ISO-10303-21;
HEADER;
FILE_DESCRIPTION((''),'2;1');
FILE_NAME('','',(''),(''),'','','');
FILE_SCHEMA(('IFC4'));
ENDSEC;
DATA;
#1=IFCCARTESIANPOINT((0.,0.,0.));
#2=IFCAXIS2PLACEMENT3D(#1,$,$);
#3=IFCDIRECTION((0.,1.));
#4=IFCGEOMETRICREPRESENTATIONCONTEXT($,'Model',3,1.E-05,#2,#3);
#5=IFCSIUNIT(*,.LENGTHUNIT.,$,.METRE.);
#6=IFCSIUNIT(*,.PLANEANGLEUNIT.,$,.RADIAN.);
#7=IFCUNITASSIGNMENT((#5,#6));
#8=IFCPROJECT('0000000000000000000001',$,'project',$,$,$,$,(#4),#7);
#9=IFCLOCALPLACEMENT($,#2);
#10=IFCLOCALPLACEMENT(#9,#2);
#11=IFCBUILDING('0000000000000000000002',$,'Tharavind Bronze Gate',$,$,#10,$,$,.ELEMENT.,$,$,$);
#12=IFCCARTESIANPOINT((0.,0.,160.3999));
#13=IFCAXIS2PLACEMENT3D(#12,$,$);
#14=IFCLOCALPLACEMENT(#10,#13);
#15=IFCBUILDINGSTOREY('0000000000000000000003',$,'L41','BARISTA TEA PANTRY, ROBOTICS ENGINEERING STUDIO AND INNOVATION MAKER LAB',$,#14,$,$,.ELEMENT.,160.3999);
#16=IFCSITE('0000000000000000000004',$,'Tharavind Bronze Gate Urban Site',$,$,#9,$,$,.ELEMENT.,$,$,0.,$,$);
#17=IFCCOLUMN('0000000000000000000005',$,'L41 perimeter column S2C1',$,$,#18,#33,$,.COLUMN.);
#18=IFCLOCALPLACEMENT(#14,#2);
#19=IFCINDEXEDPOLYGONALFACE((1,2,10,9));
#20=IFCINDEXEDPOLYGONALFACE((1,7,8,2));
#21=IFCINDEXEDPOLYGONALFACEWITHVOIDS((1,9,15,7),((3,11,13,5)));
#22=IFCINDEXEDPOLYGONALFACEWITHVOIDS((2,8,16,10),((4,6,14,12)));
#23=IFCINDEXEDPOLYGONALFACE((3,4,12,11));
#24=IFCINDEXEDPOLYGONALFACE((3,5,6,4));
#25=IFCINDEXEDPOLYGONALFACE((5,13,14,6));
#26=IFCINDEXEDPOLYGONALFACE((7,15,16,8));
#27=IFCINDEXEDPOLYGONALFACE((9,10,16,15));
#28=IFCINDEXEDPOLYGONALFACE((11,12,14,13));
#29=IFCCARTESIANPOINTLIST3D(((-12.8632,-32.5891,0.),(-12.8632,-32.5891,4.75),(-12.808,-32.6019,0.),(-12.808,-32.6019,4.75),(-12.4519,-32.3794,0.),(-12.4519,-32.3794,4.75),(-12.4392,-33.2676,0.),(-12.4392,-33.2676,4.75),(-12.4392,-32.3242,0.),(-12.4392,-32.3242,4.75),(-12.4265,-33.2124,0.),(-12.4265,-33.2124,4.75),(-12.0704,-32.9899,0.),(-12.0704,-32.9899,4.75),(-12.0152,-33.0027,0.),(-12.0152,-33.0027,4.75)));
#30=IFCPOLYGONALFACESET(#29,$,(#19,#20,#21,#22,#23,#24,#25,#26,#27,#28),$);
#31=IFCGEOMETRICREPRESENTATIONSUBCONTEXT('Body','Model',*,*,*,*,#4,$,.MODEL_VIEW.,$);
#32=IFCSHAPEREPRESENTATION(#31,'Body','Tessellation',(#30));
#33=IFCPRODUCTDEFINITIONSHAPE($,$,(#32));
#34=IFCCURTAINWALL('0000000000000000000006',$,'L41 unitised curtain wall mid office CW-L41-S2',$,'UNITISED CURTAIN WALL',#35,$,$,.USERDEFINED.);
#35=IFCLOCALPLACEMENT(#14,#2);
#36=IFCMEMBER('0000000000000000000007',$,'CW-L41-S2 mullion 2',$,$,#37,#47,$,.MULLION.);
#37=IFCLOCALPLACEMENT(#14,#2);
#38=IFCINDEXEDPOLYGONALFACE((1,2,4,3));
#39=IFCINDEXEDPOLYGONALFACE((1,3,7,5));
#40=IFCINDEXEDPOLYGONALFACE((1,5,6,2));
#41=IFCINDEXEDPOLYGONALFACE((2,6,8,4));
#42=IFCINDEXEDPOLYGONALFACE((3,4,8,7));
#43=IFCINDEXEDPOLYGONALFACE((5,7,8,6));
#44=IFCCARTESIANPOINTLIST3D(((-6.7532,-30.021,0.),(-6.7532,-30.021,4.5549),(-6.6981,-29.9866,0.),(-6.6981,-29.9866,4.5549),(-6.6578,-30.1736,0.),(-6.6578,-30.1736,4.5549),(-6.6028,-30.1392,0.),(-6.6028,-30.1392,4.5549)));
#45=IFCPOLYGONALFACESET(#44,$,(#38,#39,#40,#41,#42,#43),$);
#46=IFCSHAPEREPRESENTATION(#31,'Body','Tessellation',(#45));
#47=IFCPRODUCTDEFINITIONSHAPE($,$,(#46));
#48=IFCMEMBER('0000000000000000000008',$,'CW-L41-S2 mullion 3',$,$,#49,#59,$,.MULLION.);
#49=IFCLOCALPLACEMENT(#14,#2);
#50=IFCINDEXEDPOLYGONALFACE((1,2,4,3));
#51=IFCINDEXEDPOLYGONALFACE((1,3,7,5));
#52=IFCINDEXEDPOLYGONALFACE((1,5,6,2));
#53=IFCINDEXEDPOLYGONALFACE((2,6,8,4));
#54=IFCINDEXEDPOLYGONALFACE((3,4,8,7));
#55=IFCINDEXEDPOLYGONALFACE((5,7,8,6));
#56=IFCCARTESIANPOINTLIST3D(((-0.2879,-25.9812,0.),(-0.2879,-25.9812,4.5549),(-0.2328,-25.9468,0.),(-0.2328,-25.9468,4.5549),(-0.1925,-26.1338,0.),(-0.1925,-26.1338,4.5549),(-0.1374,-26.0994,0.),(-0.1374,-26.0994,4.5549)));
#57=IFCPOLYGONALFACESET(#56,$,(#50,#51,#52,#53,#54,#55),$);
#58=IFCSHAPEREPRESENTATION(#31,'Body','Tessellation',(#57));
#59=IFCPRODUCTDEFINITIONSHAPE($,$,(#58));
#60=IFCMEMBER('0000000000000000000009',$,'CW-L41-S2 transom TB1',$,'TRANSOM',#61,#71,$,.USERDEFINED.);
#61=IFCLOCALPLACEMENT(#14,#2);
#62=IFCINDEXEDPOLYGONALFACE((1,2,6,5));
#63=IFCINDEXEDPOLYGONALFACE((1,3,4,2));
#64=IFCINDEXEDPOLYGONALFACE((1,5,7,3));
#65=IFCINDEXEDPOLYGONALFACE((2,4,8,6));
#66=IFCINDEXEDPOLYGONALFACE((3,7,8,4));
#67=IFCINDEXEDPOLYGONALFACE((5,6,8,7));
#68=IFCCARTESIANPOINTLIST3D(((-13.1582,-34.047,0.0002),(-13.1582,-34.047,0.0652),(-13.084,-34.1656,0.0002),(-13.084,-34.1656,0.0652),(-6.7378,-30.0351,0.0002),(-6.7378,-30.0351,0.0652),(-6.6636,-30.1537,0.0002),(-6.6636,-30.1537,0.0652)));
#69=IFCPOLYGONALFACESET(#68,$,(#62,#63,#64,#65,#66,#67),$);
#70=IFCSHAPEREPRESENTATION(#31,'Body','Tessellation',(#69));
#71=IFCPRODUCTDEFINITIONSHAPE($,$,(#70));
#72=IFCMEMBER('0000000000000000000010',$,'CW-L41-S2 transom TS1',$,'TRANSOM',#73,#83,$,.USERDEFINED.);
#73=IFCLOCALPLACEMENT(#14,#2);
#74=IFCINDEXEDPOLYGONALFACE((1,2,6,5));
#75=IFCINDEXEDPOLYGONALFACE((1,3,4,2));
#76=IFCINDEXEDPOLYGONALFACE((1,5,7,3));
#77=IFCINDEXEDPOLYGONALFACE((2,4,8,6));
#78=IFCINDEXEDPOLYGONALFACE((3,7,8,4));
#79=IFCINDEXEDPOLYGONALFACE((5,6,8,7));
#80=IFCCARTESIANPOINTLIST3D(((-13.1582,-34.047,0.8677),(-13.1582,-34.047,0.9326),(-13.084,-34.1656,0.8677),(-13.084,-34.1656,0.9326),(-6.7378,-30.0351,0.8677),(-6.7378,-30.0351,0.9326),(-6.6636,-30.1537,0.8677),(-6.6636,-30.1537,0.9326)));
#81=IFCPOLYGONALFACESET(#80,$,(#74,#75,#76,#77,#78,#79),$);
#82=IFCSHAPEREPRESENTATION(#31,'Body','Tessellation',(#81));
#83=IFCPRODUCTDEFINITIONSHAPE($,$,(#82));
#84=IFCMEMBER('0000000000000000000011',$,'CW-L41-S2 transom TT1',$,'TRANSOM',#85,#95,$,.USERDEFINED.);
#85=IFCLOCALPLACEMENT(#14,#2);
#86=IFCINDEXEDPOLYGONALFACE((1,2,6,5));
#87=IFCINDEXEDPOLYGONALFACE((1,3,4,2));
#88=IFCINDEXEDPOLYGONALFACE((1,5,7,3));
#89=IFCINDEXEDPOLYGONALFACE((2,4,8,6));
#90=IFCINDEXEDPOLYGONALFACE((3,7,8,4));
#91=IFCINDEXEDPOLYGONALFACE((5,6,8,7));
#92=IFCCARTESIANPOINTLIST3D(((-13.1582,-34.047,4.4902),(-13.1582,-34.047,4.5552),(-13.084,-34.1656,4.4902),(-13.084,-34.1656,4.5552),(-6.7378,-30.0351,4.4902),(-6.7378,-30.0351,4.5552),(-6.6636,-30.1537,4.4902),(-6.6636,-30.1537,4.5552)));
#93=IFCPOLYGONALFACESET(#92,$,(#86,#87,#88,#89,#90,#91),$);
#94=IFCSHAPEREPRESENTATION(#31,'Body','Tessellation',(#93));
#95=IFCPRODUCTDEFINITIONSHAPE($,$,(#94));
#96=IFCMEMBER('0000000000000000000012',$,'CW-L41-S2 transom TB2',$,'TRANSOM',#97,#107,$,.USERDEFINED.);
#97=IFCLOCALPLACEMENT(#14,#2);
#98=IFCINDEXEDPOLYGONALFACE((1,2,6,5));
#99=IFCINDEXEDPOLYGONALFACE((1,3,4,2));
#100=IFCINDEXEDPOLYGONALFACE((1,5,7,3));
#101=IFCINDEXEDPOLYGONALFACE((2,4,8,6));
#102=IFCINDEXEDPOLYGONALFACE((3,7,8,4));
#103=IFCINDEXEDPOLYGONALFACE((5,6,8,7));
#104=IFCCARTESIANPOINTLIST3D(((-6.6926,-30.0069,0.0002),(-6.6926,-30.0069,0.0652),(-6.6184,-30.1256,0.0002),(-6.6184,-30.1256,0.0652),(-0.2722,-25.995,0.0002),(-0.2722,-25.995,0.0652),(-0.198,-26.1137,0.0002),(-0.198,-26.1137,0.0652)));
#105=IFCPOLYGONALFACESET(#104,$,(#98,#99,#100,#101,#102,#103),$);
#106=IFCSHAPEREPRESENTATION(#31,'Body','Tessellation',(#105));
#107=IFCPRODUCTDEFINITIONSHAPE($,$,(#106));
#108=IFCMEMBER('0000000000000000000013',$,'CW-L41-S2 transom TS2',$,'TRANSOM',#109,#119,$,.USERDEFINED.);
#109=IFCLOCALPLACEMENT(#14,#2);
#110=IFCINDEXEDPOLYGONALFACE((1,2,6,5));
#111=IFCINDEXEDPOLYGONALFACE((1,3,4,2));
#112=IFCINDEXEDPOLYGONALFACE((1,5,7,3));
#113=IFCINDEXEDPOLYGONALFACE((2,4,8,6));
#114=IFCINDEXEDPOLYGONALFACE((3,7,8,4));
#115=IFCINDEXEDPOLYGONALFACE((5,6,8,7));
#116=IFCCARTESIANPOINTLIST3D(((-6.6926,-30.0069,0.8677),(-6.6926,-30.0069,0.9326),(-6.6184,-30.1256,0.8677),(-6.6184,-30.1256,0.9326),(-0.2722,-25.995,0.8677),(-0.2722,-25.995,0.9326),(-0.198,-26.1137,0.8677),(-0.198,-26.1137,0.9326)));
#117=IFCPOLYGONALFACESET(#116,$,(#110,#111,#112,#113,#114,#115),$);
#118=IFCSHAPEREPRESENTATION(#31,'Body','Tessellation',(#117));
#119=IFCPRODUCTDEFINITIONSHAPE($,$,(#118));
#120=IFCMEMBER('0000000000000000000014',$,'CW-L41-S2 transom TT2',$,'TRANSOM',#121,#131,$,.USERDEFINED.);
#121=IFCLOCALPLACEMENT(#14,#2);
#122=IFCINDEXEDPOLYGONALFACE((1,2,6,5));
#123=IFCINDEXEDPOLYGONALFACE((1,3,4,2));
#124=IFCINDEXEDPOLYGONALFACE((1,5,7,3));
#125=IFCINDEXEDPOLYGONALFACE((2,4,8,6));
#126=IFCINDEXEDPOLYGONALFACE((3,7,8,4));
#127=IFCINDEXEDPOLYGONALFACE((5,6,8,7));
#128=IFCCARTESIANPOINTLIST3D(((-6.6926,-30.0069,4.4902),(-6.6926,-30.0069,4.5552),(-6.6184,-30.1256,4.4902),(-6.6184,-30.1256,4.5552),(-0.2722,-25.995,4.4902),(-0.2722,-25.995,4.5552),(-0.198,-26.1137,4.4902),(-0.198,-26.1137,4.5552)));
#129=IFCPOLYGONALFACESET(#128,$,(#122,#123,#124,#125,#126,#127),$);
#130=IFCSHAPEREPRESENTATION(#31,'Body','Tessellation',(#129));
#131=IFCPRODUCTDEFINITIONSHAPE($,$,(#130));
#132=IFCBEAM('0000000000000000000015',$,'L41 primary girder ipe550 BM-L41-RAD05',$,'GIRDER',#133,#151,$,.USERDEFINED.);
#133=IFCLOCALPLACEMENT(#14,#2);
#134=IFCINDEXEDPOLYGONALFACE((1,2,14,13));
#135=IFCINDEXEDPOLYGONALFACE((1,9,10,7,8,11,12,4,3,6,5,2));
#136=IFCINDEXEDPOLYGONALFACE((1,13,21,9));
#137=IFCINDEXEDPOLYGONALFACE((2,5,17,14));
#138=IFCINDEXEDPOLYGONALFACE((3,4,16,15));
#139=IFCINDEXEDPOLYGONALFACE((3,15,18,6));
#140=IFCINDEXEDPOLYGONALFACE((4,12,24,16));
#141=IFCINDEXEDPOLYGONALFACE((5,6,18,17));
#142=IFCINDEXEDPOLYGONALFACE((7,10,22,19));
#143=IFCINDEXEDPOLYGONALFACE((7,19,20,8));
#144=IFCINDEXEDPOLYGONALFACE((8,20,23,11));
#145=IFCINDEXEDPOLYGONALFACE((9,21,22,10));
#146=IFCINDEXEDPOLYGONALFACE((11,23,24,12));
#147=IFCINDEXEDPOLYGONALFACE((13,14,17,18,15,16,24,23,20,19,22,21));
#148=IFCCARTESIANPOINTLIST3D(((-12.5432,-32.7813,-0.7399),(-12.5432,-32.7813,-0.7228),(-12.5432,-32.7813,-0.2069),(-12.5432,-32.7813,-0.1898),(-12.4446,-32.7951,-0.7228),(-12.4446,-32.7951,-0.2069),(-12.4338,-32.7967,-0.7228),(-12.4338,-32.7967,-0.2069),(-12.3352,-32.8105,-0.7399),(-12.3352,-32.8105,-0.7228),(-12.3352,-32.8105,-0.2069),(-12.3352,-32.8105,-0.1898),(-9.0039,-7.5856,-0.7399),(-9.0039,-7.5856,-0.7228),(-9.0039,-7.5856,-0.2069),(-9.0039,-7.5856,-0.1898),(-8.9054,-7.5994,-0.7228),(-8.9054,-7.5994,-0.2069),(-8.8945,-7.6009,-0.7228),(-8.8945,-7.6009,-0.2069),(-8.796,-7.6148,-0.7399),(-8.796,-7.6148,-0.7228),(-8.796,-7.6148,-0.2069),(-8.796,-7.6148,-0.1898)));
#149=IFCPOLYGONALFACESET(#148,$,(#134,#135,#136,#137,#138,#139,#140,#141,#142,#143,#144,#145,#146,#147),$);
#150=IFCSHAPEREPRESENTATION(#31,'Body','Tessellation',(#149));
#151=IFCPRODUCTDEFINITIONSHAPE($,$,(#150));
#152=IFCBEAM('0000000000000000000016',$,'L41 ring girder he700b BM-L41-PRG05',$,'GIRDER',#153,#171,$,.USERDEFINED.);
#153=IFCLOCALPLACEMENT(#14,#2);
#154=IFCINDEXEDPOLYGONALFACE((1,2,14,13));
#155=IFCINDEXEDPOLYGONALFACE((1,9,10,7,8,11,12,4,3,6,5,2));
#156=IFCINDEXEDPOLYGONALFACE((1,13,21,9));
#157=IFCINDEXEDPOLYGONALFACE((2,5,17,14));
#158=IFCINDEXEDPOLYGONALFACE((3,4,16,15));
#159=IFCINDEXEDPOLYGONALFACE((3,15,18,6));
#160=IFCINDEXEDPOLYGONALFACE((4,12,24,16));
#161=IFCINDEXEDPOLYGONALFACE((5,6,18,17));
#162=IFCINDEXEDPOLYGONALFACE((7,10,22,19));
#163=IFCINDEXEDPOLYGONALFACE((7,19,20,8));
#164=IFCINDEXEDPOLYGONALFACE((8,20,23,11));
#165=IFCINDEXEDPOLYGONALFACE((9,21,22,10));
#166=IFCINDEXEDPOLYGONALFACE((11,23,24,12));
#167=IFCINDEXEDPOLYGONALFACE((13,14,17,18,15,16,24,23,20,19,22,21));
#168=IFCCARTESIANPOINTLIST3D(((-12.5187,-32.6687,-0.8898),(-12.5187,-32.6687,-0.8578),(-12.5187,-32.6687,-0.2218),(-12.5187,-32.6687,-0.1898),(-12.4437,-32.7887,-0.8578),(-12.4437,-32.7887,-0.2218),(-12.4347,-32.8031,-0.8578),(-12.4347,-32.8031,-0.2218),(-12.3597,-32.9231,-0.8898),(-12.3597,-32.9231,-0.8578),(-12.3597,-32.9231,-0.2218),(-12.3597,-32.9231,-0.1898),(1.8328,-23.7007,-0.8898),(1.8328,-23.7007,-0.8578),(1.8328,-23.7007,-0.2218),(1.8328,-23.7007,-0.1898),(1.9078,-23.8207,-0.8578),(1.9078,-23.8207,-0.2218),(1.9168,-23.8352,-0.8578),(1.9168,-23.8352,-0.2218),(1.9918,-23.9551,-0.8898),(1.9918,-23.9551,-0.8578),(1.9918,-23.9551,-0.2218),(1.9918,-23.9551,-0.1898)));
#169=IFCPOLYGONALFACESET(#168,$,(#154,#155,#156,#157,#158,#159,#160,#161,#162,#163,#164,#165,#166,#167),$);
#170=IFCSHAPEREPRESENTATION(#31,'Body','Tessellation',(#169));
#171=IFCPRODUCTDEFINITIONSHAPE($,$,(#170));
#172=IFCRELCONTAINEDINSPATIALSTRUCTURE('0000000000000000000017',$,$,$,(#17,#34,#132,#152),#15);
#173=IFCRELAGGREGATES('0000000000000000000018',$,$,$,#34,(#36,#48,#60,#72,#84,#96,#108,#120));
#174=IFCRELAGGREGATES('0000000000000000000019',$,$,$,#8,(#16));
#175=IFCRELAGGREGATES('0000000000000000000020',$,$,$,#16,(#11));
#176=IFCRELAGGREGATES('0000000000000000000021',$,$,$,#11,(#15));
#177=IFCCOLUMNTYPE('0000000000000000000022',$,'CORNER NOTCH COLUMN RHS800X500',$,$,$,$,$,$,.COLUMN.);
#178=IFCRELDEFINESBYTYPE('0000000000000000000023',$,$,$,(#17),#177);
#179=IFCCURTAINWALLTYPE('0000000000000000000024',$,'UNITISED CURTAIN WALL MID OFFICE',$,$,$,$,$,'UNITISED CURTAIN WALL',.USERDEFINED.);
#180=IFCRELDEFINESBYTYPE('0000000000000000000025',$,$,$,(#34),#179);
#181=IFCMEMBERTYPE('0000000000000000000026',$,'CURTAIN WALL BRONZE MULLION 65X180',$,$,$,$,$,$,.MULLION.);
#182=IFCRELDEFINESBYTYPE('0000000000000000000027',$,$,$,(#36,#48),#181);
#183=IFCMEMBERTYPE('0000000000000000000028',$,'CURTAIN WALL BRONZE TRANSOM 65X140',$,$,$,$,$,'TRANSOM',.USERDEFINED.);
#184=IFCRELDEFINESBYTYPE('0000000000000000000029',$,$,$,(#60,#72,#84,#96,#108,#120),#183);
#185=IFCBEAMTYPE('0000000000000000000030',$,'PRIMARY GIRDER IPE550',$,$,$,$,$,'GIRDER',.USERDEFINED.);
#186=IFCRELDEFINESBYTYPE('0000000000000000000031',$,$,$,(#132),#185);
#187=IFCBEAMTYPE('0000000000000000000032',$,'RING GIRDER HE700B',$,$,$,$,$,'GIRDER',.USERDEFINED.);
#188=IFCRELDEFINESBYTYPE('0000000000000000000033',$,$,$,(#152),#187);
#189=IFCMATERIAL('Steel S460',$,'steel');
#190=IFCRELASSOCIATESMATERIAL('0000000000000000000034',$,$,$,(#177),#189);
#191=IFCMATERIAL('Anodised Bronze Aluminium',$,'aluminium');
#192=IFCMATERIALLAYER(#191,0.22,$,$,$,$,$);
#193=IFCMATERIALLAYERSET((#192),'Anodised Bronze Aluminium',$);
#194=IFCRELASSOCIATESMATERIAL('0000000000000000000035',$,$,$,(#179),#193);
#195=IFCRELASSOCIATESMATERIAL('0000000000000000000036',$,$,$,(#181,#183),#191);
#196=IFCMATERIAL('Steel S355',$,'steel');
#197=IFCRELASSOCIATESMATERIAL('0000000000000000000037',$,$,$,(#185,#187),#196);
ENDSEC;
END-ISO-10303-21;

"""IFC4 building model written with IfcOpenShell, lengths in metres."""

from ifc_helpers import new_model, si_unit, direction, frame, origin, origin_2d, place, context, subcontext, project, spatial, rectangle, hollow_rectangle, i_section, extrude, material, layer, layer_set, material_profile, profile_set, type_object, element, aggregate, save


model = new_model("IFC4")

# Units and contexts
model_context = context("Model", 3, precision=1e-05, world=origin(), true_north=direction((0.0, 1.0)))
body_context = subcontext(model_context, "Body", "Model", "MODEL_VIEW")
ifc_project = project(units=[si_unit("LENGTHUNIT", "METRE"), si_unit("PLANEANGLEUNIT", "RADIAN")], contexts=[model_context])

# Site, building, storey
site_placement = place(None, origin())
site = spatial("IfcSite", under=ifc_project, at=site_placement, Name="Tharavind Bronze Gate Urban Site", CompositionType="ELEMENT", RefElevation=0.0)
building_placement = place(site_placement, origin())
building = spatial("IfcBuilding", under=site, at=building_placement, Name="Tharavind Bronze Gate", CompositionType="ELEMENT")
storey_placement = place(building_placement, frame((0.0, 0.0, 160.3999)))
storey = spatial("IfcBuildingStorey", under=building, at=storey_placement, Name="L41", Description="BARISTA TEA PANTRY, ROBOTICS ENGINEERING STUDIO AND INNOVATION MAKER LAB", CompositionType="ELEMENT", Elevation=160.3999)

# Column
ifc_material_1 = material(Name="Steel S460", Category="steel")
ifc_material_profile_1 = material_profile(ifc_material_1, hollow_rectangle(XDim=0.5, YDim=0.8, WallThickness=0.04, at=origin_2d()), Name="RHS800X500X40")
ifc_profile_set_1 = profile_set([ifc_material_profile_1], Name="Steel S460")
column_type = type_object("IfcColumnType", Name="CORNER NOTCH COLUMN RHS800X500", PredefinedType="COLUMN", material=ifc_profile_set_1)
column_placement = place(storey_placement, frame((-12.4392, -32.7959, 0.0), z_axis=(0.0, 0.0, 1.0), x_axis=(0.848047, 0.529921, 0.0)))
element("IfcColumn", 1, at=column_placement, inside=storey, type_object=column_type, Name="L41 perimeter column S2C1", PredefinedType="COLUMN", context=body_context, shape_type="SweptSolid", body=[
    extrude(hollow_rectangle(XDim=0.5, YDim=0.8, WallThickness=0.04, at=origin_2d()), origin(), (0.0, 0.0, 1.0), 4.75),
])

# Curtain wall, members
ifc_material_2 = material(Name="Anodised Bronze Aluminium", Category="aluminium")
ifc_layer_1 = layer(ifc_material_2, 0.22)
ifc_layer_set_1 = layer_set([ifc_layer_1], Name="Anodised Bronze Aluminium")
curtain_wall_type = type_object("IfcCurtainWallType", Name="UNITISED CURTAIN WALL MID OFFICE", ElementType="UNITISED CURTAIN WALL", PredefinedType="USERDEFINED", material=ifc_layer_set_1)
curtain_wall_placement = place(storey_placement, origin())
curtain_wall = element("IfcCurtainWall", 2, at=curtain_wall_placement, inside=storey, type_object=curtain_wall_type, Name="L41 unitised curtain wall mid office CW-L41-S2", ObjectType="UNITISED CURTAIN WALL", PredefinedType="USERDEFINED")
member_type_1 = type_object("IfcMemberType", Name="CURTAIN WALL BRONZE MULLION 65X180", PredefinedType="MULLION", material=ifc_material_2)
member_1_placement = place(storey_placement, frame((-6.678, -30.0801, 0.0), z_axis=(0.0, 0.0, 1.0), x_axis=(0.848048, 0.529919, 0.0)))
member_1 = element("IfcMember", 3, at=member_1_placement, type_object=member_type_1, Name="CW-L41-S2 mullion 2", PredefinedType="MULLION", context=body_context, shape_type="SweptSolid", body=[
    extrude(rectangle(XDim=0.0649, YDim=0.1799, at=origin_2d()), origin(), (0.0, 0.0, 1.0), 4.5549),
])
member_2_placement = place(storey_placement, frame((-0.2126, -26.0403, 0.0), z_axis=(0.0, 0.0, 1.0), x_axis=(0.848048, 0.529919, 0.0)))
member_2 = element("IfcMember", 4, at=member_2_placement, type_object=member_type_1, Name="CW-L41-S2 mullion 3", PredefinedType="MULLION", context=body_context, shape_type="SweptSolid", body=[
    extrude(rectangle(XDim=0.0649, YDim=0.1799, at=origin_2d()), origin(), (0.0, 0.0, 1.0), 4.5549),
])
member_type_2 = type_object("IfcMemberType", Name="CURTAIN WALL BRONZE TRANSOM 65X140", ElementType="TRANSOM", PredefinedType="USERDEFINED", material=ifc_material_2)
member_3_placement = place(storey_placement, frame((-9.9109, -32.1003, 0.0002), z_axis=(0.0, 0.0, 1.0), x_axis=(0.848048, 0.529919, 0.0)))
member_3 = element("IfcMember", 5, at=member_3_placement, type_object=member_type_2, Name="CW-L41-S2 transom TB1", ObjectType="TRANSOM", PredefinedType="USERDEFINED", context=body_context, shape_type="SweptSolid", body=[
    extrude(rectangle(XDim=7.5708, YDim=0.1399, at=origin_2d()), origin(), (0.0, 0.0, 1.0), 0.0649),
])
member_4_placement = place(storey_placement, frame((-9.9109, -32.1003, 0.8677), z_axis=(0.0, 0.0, 1.0), x_axis=(0.848048, 0.529919, 0.0)))
member_4 = element("IfcMember", 6, at=member_4_placement, type_object=member_type_2, Name="CW-L41-S2 transom TS1", ObjectType="TRANSOM", PredefinedType="USERDEFINED", context=body_context, shape_type="SweptSolid", body=[
    extrude(rectangle(XDim=7.5708, YDim=0.1399, at=origin_2d()), origin(), (0.0, 0.0, 1.0), 0.0649),
])
member_5_placement = place(storey_placement, frame((-9.9109, -32.1003, 4.4902), z_axis=(0.0, 0.0, 1.0), x_axis=(0.848048, 0.529919, 0.0)))
member_5 = element("IfcMember", 7, at=member_5_placement, type_object=member_type_2, Name="CW-L41-S2 transom TT1", ObjectType="TRANSOM", PredefinedType="USERDEFINED", context=body_context, shape_type="SweptSolid", body=[
    extrude(rectangle(XDim=7.5708, YDim=0.1399, at=origin_2d()), origin(), (0.0, 0.0, 1.0), 0.0649),
])
member_6_placement = place(storey_placement, frame((-3.4453, -28.0603, 0.0002), z_axis=(0.0, 0.0, 1.0), x_axis=(0.848048, 0.529919, 0.0)))
member_6 = element("IfcMember", 8, at=member_6_placement, type_object=member_type_2, Name="CW-L41-S2 transom TB2", ObjectType="TRANSOM", PredefinedType="USERDEFINED", context=body_context, shape_type="SweptSolid", body=[
    extrude(rectangle(XDim=7.5708, YDim=0.1399, at=origin_2d()), origin(), (0.0, 0.0, 1.0), 0.0649),
])
member_7_placement = place(storey_placement, frame((-3.4453, -28.0603, 0.8677), z_axis=(0.0, 0.0, 1.0), x_axis=(0.848048, 0.529919, 0.0)))
member_7 = element("IfcMember", 9, at=member_7_placement, type_object=member_type_2, Name="CW-L41-S2 transom TS2", ObjectType="TRANSOM", PredefinedType="USERDEFINED", context=body_context, shape_type="SweptSolid", body=[
    extrude(rectangle(XDim=7.5708, YDim=0.1399, at=origin_2d()), origin(), (0.0, 0.0, 1.0), 0.0649),
])
member_8_placement = place(storey_placement, frame((-3.4453, -28.0603, 4.4902), z_axis=(0.0, 0.0, 1.0), x_axis=(0.848048, 0.529919, 0.0)))
member_8 = element("IfcMember", 10, at=member_8_placement, type_object=member_type_2, Name="CW-L41-S2 transom TT2", ObjectType="TRANSOM", PredefinedType="USERDEFINED", context=body_context, shape_type="SweptSolid", body=[
    extrude(rectangle(XDim=7.5708, YDim=0.1399, at=origin_2d()), origin(), (0.0, 0.0, 1.0), 0.0649),
])

# Beams
ifc_material_3 = material(Name="Steel S355", Category="steel")
ifc_material_profile_2 = material_profile(ifc_material_3, i_section(OverallWidth=0.21, OverallDepth=0.55, WebThickness=0.011, FlangeThickness=0.0171, at=origin_2d()), Name="IPE550")
ifc_profile_set_2 = profile_set([ifc_material_profile_2], Name="Steel S355")
beam_type_1 = type_object("IfcBeamType", Name="PRIMARY GIRDER IPE550", ElementType="GIRDER", PredefinedType="USERDEFINED", material=ifc_profile_set_2)
beam_1_placement = place(storey_placement, frame((-12.4392, -32.7959, -0.4648), z_axis=(0.139106, 0.990277, 0.0), x_axis=(-0.990277, 0.139106, 0.0)))
element("IfcBeam", 11, at=beam_1_placement, inside=storey, type_object=beam_type_1, Name="L41 primary girder ipe550 BM-L41-RAD05", ObjectType="GIRDER", PredefinedType="USERDEFINED", context=body_context, shape_type="SweptSolid", body=[
    extrude(i_section(OverallWidth=0.21, OverallDepth=0.55, WebThickness=0.011, FlangeThickness=0.0171, at=origin_2d()), origin(), (0.0, 0.0, 1.0), 25.4431),
])
ifc_material_profile_3 = material_profile(ifc_material_3, i_section(OverallWidth=0.3, OverallDepth=0.7, WebThickness=0.0171, FlangeThickness=0.032, at=origin_2d()), Name="HE700B")
ifc_profile_set_3 = profile_set([ifc_material_profile_3], Name="Steel S355")
beam_type_2 = type_object("IfcBeamType", Name="RING GIRDER HE700B", ElementType="GIRDER", PredefinedType="USERDEFINED", material=ifc_profile_set_3)
beam_2_placement = place(storey_placement, frame((-12.4392, -32.7959, -0.5398), z_axis=(0.848044, 0.529926, 0.0), x_axis=(-0.529926, 0.848044, 0.0)))
element("IfcBeam", 12, at=beam_2_placement, inside=storey, type_object=beam_type_2, Name="L41 ring girder he700b BM-L41-PRG05", ObjectType="GIRDER", PredefinedType="USERDEFINED", context=body_context, shape_type="SweptSolid", body=[
    extrude(i_section(OverallWidth=0.3, OverallDepth=0.7, WebThickness=0.0171, FlangeThickness=0.032, at=origin_2d()), origin(), (0.0, 0.0, 1.0), 16.9231),
])

aggregate(curtain_wall, [member_1, member_2, member_3, member_4, member_5, member_6, member_7, member_8])

save(model, "model.ifc")
